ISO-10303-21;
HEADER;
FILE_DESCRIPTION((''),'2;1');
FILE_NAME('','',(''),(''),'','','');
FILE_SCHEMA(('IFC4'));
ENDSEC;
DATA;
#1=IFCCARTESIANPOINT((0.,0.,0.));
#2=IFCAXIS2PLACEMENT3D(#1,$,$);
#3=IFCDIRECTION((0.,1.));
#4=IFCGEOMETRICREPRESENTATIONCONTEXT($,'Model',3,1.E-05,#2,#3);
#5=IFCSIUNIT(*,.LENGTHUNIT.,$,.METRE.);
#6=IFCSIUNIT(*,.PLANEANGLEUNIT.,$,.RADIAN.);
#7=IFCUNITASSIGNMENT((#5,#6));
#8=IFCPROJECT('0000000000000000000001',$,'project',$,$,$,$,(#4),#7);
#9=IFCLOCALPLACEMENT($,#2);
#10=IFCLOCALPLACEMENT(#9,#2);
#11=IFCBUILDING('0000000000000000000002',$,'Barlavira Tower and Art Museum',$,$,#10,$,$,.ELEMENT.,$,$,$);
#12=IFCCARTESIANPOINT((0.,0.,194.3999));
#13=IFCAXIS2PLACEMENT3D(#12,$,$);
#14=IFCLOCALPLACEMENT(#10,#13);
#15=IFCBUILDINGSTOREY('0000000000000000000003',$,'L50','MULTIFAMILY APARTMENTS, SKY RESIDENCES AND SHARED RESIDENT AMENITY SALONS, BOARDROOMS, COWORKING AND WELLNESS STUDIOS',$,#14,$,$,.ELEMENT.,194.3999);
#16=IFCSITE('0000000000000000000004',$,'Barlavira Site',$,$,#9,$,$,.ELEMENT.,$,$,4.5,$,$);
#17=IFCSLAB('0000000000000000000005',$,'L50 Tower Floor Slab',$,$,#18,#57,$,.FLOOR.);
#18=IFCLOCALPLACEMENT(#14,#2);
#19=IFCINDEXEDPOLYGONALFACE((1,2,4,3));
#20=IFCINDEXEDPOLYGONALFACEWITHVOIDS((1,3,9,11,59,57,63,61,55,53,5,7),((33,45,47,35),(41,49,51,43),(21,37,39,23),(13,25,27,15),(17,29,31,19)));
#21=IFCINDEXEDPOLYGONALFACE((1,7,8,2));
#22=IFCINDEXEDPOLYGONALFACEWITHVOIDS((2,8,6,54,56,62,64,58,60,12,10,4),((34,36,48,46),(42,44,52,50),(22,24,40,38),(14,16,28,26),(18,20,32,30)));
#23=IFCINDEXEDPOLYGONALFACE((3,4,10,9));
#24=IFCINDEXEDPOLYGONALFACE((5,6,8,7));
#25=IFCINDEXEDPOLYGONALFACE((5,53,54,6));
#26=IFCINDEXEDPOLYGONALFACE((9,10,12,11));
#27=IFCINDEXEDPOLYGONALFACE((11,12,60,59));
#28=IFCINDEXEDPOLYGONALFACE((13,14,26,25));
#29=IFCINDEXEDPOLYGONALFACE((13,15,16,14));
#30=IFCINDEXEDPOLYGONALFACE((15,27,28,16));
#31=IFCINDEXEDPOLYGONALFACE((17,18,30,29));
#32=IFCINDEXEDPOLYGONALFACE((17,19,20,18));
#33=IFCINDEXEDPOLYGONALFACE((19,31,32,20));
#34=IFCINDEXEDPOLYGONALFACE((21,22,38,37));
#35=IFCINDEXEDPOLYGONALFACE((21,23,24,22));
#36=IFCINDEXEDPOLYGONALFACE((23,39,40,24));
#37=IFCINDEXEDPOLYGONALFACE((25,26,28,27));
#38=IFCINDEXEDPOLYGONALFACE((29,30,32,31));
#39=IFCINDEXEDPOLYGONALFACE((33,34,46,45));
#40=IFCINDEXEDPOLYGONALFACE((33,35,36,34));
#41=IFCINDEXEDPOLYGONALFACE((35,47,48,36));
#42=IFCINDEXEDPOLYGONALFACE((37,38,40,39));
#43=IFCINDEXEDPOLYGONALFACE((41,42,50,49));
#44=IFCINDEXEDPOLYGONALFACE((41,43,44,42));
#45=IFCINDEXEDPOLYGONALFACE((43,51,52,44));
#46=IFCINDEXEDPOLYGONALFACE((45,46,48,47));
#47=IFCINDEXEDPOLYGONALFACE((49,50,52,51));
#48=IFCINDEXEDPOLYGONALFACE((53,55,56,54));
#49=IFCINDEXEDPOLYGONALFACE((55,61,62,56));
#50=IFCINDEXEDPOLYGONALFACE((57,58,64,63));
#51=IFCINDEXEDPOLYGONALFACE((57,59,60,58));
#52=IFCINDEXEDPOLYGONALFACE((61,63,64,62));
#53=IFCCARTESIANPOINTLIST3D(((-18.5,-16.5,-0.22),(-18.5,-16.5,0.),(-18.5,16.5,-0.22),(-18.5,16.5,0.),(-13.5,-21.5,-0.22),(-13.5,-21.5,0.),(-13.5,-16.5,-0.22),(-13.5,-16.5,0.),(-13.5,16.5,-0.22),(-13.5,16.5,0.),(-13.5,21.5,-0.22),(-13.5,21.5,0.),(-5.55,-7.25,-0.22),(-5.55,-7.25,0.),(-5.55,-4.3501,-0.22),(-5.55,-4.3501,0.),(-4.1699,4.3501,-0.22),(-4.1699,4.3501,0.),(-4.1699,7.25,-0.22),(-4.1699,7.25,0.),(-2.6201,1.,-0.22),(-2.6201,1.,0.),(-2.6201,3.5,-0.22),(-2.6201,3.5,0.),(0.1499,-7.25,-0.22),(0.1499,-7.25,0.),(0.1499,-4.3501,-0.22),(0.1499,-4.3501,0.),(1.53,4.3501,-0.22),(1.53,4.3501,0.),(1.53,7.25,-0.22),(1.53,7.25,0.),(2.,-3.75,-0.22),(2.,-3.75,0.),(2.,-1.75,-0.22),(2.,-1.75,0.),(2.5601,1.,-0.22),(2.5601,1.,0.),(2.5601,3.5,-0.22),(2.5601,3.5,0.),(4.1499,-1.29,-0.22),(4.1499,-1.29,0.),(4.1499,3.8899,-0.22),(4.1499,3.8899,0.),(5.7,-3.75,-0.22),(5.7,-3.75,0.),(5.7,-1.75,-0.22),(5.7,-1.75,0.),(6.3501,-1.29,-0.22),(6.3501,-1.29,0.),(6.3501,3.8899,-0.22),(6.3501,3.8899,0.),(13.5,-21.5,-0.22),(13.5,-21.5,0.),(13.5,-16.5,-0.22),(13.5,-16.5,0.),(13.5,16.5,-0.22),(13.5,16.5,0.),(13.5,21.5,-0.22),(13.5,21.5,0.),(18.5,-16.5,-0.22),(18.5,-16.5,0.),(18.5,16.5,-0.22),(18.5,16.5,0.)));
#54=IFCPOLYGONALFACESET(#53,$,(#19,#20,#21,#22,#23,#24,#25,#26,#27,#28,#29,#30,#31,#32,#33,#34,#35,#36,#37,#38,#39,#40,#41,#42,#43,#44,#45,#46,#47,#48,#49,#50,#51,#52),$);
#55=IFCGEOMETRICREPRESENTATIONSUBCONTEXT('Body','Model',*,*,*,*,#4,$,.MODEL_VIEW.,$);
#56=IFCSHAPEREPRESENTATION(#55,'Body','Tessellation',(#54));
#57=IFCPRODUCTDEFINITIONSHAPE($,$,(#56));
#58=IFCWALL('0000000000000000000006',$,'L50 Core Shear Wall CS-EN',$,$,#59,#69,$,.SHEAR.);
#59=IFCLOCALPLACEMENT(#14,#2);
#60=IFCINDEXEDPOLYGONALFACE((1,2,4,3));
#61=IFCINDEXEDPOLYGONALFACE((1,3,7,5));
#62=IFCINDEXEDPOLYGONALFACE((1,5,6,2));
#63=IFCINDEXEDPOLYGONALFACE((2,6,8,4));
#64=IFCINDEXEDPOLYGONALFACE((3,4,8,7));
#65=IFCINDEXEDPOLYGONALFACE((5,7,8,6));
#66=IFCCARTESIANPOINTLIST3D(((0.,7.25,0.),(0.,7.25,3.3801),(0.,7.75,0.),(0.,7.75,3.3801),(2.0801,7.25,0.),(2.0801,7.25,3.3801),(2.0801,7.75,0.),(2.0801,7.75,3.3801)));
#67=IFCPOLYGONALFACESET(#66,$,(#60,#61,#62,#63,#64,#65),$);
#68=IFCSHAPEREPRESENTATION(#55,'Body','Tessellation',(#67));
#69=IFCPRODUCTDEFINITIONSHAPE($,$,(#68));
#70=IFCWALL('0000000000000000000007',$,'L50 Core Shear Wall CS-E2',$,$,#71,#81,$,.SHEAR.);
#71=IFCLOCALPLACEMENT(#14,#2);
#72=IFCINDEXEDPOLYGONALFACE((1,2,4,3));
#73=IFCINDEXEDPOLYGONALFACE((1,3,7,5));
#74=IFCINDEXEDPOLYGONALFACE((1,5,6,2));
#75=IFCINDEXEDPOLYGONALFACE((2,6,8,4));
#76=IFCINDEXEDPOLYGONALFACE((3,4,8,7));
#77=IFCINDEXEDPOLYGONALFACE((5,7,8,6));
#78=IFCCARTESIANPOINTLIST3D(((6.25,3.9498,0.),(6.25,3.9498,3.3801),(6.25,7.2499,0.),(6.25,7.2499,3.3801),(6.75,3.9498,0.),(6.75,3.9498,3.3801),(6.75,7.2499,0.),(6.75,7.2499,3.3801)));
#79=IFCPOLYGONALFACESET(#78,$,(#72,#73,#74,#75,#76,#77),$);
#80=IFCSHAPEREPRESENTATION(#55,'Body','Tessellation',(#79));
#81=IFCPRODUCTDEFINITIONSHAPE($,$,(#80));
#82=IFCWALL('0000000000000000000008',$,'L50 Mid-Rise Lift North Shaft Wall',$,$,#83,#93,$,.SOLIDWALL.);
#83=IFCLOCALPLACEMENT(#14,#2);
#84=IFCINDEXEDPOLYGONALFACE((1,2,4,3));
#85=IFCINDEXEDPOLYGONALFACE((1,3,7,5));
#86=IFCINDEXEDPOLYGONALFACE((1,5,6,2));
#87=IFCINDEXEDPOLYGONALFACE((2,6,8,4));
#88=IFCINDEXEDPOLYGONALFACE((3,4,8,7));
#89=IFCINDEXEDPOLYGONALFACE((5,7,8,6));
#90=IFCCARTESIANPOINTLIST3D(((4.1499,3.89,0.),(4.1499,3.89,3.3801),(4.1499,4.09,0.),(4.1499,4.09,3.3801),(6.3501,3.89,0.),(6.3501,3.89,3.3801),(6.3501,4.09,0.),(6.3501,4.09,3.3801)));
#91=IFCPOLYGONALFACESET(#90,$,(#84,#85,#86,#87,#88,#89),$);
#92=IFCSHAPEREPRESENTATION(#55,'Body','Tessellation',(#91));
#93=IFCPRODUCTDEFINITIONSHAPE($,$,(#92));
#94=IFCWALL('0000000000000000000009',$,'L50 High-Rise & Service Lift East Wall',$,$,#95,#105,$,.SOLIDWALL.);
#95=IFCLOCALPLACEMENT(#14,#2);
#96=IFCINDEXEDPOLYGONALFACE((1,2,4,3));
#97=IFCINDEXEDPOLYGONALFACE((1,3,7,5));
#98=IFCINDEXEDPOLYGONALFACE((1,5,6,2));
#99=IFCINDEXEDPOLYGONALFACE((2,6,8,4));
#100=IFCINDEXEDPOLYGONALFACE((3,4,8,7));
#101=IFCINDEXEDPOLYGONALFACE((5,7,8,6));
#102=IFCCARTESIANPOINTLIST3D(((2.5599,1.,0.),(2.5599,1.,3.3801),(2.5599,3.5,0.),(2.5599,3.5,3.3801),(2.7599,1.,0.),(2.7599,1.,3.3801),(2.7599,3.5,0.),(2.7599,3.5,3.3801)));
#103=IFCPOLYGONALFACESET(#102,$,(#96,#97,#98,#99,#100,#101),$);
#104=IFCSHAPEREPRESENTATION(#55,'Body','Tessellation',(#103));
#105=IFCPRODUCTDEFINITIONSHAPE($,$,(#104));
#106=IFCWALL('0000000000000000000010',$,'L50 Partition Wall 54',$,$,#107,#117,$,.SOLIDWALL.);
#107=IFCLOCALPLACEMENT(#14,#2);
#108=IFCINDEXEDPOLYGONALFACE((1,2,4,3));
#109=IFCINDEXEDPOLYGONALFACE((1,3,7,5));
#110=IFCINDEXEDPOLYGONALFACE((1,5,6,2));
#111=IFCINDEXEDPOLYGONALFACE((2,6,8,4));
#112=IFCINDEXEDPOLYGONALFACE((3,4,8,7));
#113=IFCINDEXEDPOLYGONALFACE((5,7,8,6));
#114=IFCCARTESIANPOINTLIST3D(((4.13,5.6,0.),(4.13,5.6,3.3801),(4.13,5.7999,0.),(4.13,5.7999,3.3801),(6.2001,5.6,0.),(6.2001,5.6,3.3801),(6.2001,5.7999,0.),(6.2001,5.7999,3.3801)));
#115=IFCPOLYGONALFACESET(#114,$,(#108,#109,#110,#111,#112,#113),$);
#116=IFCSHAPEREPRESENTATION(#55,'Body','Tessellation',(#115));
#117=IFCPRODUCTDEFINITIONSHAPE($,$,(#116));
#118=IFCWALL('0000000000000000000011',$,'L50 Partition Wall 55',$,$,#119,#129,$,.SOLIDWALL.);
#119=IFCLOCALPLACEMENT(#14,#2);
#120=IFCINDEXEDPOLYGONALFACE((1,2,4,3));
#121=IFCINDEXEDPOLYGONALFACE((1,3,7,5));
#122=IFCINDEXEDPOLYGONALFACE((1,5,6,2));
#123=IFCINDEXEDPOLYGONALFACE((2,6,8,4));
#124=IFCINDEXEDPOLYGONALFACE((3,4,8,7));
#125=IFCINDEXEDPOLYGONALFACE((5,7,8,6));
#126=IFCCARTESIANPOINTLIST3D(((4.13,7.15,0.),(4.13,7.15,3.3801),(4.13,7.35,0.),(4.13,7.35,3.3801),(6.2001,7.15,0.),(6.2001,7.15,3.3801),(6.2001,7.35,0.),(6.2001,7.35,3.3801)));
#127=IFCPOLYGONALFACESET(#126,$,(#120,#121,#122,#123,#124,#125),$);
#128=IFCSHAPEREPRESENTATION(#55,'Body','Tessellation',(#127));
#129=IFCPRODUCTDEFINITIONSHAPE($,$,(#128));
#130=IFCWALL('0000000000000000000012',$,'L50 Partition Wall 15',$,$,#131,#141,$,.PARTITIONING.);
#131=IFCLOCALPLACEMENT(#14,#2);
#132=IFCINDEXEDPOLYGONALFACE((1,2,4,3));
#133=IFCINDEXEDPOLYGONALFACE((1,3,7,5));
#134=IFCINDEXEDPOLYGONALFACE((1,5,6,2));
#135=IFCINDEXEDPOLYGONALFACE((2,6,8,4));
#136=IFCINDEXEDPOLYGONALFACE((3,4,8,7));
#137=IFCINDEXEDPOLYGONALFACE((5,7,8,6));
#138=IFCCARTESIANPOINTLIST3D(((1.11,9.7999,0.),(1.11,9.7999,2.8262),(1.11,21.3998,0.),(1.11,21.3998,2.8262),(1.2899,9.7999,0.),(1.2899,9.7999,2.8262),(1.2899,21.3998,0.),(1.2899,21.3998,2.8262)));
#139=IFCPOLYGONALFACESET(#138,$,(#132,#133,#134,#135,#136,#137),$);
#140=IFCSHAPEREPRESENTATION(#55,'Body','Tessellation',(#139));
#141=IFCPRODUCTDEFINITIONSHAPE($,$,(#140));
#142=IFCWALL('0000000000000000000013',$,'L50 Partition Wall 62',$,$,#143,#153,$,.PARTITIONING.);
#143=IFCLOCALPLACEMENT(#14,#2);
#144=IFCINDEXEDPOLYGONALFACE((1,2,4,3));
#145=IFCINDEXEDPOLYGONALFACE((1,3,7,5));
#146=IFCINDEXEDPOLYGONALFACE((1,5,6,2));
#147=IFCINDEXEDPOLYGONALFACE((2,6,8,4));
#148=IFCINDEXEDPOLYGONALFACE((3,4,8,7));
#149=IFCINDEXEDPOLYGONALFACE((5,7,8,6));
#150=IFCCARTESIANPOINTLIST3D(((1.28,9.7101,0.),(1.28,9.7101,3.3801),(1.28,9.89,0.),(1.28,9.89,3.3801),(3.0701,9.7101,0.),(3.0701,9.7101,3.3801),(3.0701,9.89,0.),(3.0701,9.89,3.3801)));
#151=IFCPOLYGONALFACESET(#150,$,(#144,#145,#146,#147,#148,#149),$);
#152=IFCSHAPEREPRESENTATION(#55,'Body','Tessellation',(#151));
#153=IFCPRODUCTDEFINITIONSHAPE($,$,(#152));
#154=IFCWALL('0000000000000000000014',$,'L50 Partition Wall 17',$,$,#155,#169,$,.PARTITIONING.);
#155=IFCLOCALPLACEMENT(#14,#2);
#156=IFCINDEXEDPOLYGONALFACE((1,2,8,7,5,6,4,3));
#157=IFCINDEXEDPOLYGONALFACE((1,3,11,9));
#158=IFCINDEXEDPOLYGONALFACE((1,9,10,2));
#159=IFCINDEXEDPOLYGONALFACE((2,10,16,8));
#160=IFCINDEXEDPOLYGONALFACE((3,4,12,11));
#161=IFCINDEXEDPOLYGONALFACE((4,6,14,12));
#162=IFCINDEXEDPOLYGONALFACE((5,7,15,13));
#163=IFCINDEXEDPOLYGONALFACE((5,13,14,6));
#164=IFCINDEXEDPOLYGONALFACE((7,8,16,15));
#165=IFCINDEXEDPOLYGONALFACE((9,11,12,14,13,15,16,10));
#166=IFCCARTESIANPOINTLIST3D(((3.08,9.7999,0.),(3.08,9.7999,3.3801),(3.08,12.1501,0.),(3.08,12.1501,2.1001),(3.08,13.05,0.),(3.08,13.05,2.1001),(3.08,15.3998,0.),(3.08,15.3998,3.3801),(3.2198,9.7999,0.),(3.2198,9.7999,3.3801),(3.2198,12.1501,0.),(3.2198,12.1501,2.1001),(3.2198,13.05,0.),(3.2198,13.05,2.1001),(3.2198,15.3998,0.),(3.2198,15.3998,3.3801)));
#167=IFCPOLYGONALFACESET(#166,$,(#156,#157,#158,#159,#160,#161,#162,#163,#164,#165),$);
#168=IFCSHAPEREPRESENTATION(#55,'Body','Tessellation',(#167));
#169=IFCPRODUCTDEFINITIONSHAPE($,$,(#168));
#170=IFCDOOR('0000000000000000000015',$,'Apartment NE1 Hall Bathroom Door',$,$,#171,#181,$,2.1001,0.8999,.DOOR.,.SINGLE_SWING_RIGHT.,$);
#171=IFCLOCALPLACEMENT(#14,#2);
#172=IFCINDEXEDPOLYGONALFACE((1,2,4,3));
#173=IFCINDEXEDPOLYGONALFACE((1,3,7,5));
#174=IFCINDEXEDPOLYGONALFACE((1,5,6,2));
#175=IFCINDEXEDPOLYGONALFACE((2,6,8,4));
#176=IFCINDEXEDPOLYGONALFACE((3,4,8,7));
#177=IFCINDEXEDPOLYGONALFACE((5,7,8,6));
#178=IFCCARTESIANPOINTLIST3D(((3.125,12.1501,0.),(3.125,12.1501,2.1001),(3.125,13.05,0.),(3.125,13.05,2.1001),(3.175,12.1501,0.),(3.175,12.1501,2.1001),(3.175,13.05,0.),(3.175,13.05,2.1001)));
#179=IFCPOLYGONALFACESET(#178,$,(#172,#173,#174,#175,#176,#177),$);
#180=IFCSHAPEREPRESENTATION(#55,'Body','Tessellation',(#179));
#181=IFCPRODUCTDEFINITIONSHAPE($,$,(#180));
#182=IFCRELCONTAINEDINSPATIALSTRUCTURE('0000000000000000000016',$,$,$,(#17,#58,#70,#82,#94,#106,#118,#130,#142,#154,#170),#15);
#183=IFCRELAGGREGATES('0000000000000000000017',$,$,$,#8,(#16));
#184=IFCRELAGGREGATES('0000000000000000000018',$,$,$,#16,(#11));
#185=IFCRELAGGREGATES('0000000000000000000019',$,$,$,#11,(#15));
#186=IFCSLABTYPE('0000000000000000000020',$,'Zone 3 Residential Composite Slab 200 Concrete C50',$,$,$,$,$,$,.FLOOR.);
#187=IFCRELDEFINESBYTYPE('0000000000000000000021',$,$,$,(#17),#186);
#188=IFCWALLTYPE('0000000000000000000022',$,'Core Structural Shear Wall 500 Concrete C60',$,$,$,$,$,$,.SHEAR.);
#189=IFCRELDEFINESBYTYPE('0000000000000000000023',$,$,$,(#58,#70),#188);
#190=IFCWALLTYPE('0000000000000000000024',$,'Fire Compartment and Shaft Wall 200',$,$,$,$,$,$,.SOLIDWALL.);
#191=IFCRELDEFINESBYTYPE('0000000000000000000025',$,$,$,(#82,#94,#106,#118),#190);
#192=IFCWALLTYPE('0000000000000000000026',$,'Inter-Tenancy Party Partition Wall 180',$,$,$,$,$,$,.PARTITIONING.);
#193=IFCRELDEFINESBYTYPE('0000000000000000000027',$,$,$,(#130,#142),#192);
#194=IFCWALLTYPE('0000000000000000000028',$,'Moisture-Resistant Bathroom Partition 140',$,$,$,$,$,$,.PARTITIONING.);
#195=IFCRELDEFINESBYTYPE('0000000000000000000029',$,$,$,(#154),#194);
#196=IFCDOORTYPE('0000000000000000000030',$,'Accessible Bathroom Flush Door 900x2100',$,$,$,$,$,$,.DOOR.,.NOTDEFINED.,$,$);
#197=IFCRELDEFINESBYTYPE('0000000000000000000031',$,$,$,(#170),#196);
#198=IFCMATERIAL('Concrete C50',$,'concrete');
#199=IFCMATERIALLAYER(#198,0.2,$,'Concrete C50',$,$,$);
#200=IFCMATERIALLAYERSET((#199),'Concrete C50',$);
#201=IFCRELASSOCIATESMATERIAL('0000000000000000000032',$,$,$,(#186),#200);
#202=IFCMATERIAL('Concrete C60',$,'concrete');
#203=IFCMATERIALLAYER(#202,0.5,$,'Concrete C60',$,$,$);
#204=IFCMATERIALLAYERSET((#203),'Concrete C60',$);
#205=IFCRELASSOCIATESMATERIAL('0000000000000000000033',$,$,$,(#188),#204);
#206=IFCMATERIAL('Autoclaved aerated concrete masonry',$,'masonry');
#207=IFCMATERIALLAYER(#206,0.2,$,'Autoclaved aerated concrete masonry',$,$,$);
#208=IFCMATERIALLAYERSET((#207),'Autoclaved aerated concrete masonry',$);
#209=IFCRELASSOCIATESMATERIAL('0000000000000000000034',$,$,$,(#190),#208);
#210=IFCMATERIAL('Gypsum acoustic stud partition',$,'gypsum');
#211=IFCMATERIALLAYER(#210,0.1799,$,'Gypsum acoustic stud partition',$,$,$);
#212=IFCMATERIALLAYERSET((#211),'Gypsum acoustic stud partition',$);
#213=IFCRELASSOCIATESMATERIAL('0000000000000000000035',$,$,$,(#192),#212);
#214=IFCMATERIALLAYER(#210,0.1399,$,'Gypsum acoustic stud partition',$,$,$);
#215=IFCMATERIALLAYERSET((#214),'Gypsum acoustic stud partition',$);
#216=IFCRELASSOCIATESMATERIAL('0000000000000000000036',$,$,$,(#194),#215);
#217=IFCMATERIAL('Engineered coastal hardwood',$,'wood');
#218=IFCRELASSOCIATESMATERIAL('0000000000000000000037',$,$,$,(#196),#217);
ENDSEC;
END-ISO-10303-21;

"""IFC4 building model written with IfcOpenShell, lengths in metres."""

from ifc_helpers import new_model, si_unit, direction, frame, frame_2d, origin, place, context, subcontext, project, spatial, polyline, rectangle, outline, extrude, material, layer, layer_set, type_object, element, fill, save


model = new_model("IFC4")

# Units and contexts
model_context = context("Model", 3, precision=1e-05, world=origin(), true_north=direction((0.0, 1.0)))
body_context = subcontext(model_context, "Body", "Model", "MODEL_VIEW")
ifc_project = project(units=[si_unit("LENGTHUNIT", "METRE"), si_unit("PLANEANGLEUNIT", "RADIAN")], contexts=[model_context])

# Site, building, storey
site_placement = place(None, origin())
site = spatial("IfcSite", under=ifc_project, at=site_placement, Name="Barlavira Site", CompositionType="ELEMENT", RefElevation=4.5)
building_placement = place(site_placement, origin())
building = spatial("IfcBuilding", under=site, at=building_placement, Name="Barlavira Tower and Art Museum", CompositionType="ELEMENT")
storey_placement = place(building_placement, frame((0.0, 0.0, 194.3999)))
storey = spatial("IfcBuildingStorey", under=building, at=storey_placement, Name="L50", Description="MULTIFAMILY APARTMENTS, SKY RESIDENCES AND SHARED RESIDENT AMENITY SALONS, BOARDROOMS, COWORKING AND WELLNESS STUDIOS", CompositionType="ELEMENT", Elevation=194.3999)

# Slab
ifc_material_1 = material(Name="Concrete C50", Category="concrete")
ifc_layer_1 = layer(ifc_material_1, 0.2, Name="Concrete C50")
ifc_layer_set_1 = layer_set([ifc_layer_1], Name="Concrete C50")
slab_type_1 = type_object("IfcSlabType", Name="Zone 3 Residential Composite Slab 200 Concrete C50", PredefinedType="FLOOR", material=ifc_layer_set_1)
slab_1_placement = place(storey_placement, frame((0.0, 0.0, -0.22)))
element("IfcSlab", 1, at=slab_1_placement, inside=storey, type_object=slab_type_1, Name="L50 Tower Floor Slab", PredefinedType="FLOOR", context=body_context, shape_type="SweptSolid", body=[
    extrude(outline(polyline([(-13.5, -21.5), (13.5, -21.5), (13.5, -16.5), (18.5, -16.5), (18.5, 16.5), (13.5, 16.5), (13.5, 21.5), (-13.5, 21.5), (-13.5, 16.5), (-18.5, 16.5), (-18.5, -16.5), (-13.5, -16.5), (-13.5, -21.5)]), holes=[polyline([(0.1499, -4.3501), (-5.55, -4.3501), (-5.55, -7.25), (0.1499, -7.25), (0.1499, -4.3501)]), polyline([(-4.1699, 4.3501), (1.53, 4.3501), (1.53, 7.25), (-4.1699, 7.25), (-4.1699, 4.3501)]), polyline([(4.1499, -1.29), (6.3501, -1.29), (6.3501, 3.8899), (4.1499, 3.8899), (4.1499, -1.29)]), polyline([(-2.6201, 1.0), (2.5601, 1.0), (2.5601, 3.5), (-2.6201, 3.5), (-2.6201, 1.0)]), polyline([(2.0, -3.75), (5.7, -3.75), (5.7, -1.75), (2.0, -1.75), (2.0, -3.75)])]), origin(), (0.0, 0.0, 1.0), 0.22),
])

# Walls
ifc_material_2 = material(Name="Concrete C60", Category="concrete")
ifc_layer_2 = layer(ifc_material_2, 0.5, Name="Concrete C60")
ifc_layer_set_2 = layer_set([ifc_layer_2], Name="Concrete C60")
wall_type_1 = type_object("IfcWallType", Name="Core Structural Shear Wall 500 Concrete C60", PredefinedType="SHEAR", material=ifc_layer_set_2)
wall_1_placement = place(storey_placement, frame((0.0, 7.5, 0.0), z_axis=(0.0, 0.0, 1.0), x_axis=(1.0, 0.0, 0.0)))
element("IfcWall", 2, at=wall_1_placement, inside=storey, type_object=wall_type_1, Name="L50 Core Shear Wall CS-EN", PredefinedType="SHEAR", context=body_context, shape_type="SweptSolid", body=[
    extrude(rectangle(XDim=2.0801, YDim=0.5, at=frame_2d((1.04, 0.0))), origin(), (0.0, 0.0, 1.0), 3.3801),
])
wall_2_placement = place(storey_placement, frame((6.5, 3.95, 0.0), z_axis=(0.0, 0.0, 1.0), x_axis=(0.0, 1.0, 0.0)))
element("IfcWall", 3, at=wall_2_placement, inside=storey, type_object=wall_type_1, Name="L50 Core Shear Wall CS-E2", PredefinedType="SHEAR", context=body_context, shape_type="SweptSolid", body=[
    extrude(rectangle(XDim=3.3, YDim=0.5, at=frame_2d((1.6499, 0.0))), origin(), (0.0, 0.0, 1.0), 3.3801),
])
ifc_material_3 = material(Name="Autoclaved aerated concrete masonry", Category="masonry")
ifc_layer_3 = layer(ifc_material_3, 0.2, Name="Autoclaved aerated concrete masonry")
ifc_layer_set_3 = layer_set([ifc_layer_3], Name="Autoclaved aerated concrete masonry")
wall_type_2 = type_object("IfcWallType", Name="Fire Compartment and Shaft Wall 200", PredefinedType="SOLIDWALL", material=ifc_layer_set_3)
wall_3_placement = place(storey_placement, frame((4.1499, 3.99, 0.0), z_axis=(0.0, 0.0, 1.0), x_axis=(1.0, 0.0, 0.0)))
element("IfcWall", 4, at=wall_3_placement, inside=storey, type_object=wall_type_2, Name="L50 Mid-Rise Lift North Shaft Wall", PredefinedType="SOLIDWALL", context=body_context, shape_type="SweptSolid", body=[
    extrude(rectangle(XDim=2.2002, YDim=0.2, at=frame_2d((1.1001, 0.0))), origin(), (0.0, 0.0, 1.0), 3.3801),
])
wall_4_placement = place(storey_placement, frame((2.6599, 1.0, 0.0), z_axis=(0.0, 0.0, 1.0), x_axis=(0.0, 1.0, 0.0)))
element("IfcWall", 5, at=wall_4_placement, inside=storey, type_object=wall_type_2, Name="L50 High-Rise & Service Lift East Wall", PredefinedType="SOLIDWALL", context=body_context, shape_type="SweptSolid", body=[
    extrude(rectangle(XDim=2.5, YDim=0.2, at=frame_2d((1.25, 0.0))), origin(), (0.0, 0.0, 1.0), 3.3801),
])

# Walls
for number, where, z_axis, x_axis, name in (
    (6, (4.1299, 5.7, 0.0), (0.0, 0.0, 1.0), (1.0, 0.0, 0.0), "L50 Partition Wall 54"),
    (7, (4.1299, 7.25, 0.0), (0.0, 0.0, 1.0), (1.0, 0.0, 0.0), "L50 Partition Wall 55"),
):
    element("IfcWall", number, at=place(storey_placement, frame(where, z_axis=z_axis, x_axis=x_axis)), inside=storey, type_object=wall_type_2, Name=name, PredefinedType="SOLIDWALL", context=body_context, shape_type="SweptSolid", body=[
        extrude(rectangle(XDim=2.0701, YDim=0.2, at=frame_2d((1.0352, 0.0))), origin(), (0.0, 0.0, 1.0), 3.3801),
    ])
ifc_material_4 = material(Name="Gypsum acoustic stud partition", Category="gypsum")
ifc_layer_4 = layer(ifc_material_4, 0.1799, Name="Gypsum acoustic stud partition")
ifc_layer_set_4 = layer_set([ifc_layer_4], Name="Gypsum acoustic stud partition")
wall_type_3 = type_object("IfcWallType", Name="Inter-Tenancy Party Partition Wall 180", PredefinedType="PARTITIONING", material=ifc_layer_set_4)
wall_5_placement = place(storey_placement, frame((1.2, 9.8, 0.0), z_axis=(0.0, 0.0, 1.0), x_axis=(0.0, 1.0, 0.0)))
element("IfcWall", 8, at=wall_5_placement, inside=storey, type_object=wall_type_3, Name="L50 Partition Wall 15", PredefinedType="PARTITIONING", context=body_context, shape_type="SweptSolid", body=[
    extrude(rectangle(XDim=11.5999, YDim=0.1799, at=frame_2d((5.7998, 0.0))), origin(), (0.0, 0.0, 1.0), 2.8262),
])
wall_6_placement = place(storey_placement, frame((1.28, 9.8, 0.0), z_axis=(0.0, 0.0, 1.0), x_axis=(1.0, 0.0, 0.0)))
element("IfcWall", 9, at=wall_6_placement, inside=storey, type_object=wall_type_3, Name="L50 Partition Wall 62", PredefinedType="PARTITIONING", context=body_context, shape_type="SweptSolid", body=[
    extrude(rectangle(XDim=1.79, YDim=0.1799, at=frame_2d((0.895, 0.0))), origin(), (0.0, 0.0, 1.0), 3.3801),
])

# Wall, opening, door
ifc_layer_5 = layer(ifc_material_4, 0.1399, Name="Gypsum acoustic stud partition")
ifc_layer_set_5 = layer_set([ifc_layer_5], Name="Gypsum acoustic stud partition")
wall_type_4 = type_object("IfcWallType", Name="Moisture-Resistant Bathroom Partition 140", PredefinedType="PARTITIONING", material=ifc_layer_set_5)
wall_7_placement = place(storey_placement, frame((3.1499, 9.8, 0.0), z_axis=(0.0, 0.0, 1.0), x_axis=(0.0, 1.0, 0.0)))
wall_7 = element("IfcWall", 10, at=wall_7_placement, inside=storey, type_object=wall_type_4, Name="L50 Partition Wall 17", PredefinedType="PARTITIONING", context=body_context, shape_type="SweptSolid", body=[
    extrude(rectangle(XDim=5.5999, YDim=0.1399, at=frame_2d((2.7998, 0.0))), origin(), (0.0, 0.0, 1.0), 3.3801),
])
opening_1_placement = place(wall_7_placement, frame((2.3501, 0.0, 0.0)))
opening_1 = element("IfcOpeningElement", 11, at=opening_1_placement, cuts=wall_7, PredefinedType="OPENING", context=body_context, shape_type="SweptSolid", body=[
    extrude(rectangle(XDim=0.8999, YDim=2.1001, at=frame_2d((0.45, 1.05))), frame((0.0, 0.0801, 0.0), z_axis=(0.0, -1.0, 0.0), x_axis=(1.0, 0.0, 0.0)), (0.0, 0.0, 1.0), 0.1599),
])
ifc_material_5 = material(Name="Engineered coastal hardwood", Category="wood")
door_type_1 = type_object("IfcDoorType", Name="Accessible Bathroom Flush Door 900x2100", OperationType="NOTDEFINED", PredefinedType="DOOR", material=ifc_material_5)
door_1_placement = place(opening_1_placement, origin())
door_1 = element("IfcDoor", 12, at=door_1_placement, inside=storey, type_object=door_type_1, Name="Apartment NE1 Hall Bathroom Door", OperationType="SINGLE_SWING_RIGHT", OverallHeight=2.1001, OverallWidth=0.8999, PredefinedType="DOOR", context=body_context, shape_type="SweptSolid", body=[
    extrude(rectangle(XDim=0.8999, YDim=2.1001, at=frame_2d((0.45, 1.05))), frame((0.0, 0.0249, 0.0), z_axis=(0.0, -1.0, 0.0), x_axis=(1.0, 0.0, 0.0)), (0.0, 0.0, 1.0), 0.05),
])
fill(opening_1, door_1)

save(model, "model.ifc")
